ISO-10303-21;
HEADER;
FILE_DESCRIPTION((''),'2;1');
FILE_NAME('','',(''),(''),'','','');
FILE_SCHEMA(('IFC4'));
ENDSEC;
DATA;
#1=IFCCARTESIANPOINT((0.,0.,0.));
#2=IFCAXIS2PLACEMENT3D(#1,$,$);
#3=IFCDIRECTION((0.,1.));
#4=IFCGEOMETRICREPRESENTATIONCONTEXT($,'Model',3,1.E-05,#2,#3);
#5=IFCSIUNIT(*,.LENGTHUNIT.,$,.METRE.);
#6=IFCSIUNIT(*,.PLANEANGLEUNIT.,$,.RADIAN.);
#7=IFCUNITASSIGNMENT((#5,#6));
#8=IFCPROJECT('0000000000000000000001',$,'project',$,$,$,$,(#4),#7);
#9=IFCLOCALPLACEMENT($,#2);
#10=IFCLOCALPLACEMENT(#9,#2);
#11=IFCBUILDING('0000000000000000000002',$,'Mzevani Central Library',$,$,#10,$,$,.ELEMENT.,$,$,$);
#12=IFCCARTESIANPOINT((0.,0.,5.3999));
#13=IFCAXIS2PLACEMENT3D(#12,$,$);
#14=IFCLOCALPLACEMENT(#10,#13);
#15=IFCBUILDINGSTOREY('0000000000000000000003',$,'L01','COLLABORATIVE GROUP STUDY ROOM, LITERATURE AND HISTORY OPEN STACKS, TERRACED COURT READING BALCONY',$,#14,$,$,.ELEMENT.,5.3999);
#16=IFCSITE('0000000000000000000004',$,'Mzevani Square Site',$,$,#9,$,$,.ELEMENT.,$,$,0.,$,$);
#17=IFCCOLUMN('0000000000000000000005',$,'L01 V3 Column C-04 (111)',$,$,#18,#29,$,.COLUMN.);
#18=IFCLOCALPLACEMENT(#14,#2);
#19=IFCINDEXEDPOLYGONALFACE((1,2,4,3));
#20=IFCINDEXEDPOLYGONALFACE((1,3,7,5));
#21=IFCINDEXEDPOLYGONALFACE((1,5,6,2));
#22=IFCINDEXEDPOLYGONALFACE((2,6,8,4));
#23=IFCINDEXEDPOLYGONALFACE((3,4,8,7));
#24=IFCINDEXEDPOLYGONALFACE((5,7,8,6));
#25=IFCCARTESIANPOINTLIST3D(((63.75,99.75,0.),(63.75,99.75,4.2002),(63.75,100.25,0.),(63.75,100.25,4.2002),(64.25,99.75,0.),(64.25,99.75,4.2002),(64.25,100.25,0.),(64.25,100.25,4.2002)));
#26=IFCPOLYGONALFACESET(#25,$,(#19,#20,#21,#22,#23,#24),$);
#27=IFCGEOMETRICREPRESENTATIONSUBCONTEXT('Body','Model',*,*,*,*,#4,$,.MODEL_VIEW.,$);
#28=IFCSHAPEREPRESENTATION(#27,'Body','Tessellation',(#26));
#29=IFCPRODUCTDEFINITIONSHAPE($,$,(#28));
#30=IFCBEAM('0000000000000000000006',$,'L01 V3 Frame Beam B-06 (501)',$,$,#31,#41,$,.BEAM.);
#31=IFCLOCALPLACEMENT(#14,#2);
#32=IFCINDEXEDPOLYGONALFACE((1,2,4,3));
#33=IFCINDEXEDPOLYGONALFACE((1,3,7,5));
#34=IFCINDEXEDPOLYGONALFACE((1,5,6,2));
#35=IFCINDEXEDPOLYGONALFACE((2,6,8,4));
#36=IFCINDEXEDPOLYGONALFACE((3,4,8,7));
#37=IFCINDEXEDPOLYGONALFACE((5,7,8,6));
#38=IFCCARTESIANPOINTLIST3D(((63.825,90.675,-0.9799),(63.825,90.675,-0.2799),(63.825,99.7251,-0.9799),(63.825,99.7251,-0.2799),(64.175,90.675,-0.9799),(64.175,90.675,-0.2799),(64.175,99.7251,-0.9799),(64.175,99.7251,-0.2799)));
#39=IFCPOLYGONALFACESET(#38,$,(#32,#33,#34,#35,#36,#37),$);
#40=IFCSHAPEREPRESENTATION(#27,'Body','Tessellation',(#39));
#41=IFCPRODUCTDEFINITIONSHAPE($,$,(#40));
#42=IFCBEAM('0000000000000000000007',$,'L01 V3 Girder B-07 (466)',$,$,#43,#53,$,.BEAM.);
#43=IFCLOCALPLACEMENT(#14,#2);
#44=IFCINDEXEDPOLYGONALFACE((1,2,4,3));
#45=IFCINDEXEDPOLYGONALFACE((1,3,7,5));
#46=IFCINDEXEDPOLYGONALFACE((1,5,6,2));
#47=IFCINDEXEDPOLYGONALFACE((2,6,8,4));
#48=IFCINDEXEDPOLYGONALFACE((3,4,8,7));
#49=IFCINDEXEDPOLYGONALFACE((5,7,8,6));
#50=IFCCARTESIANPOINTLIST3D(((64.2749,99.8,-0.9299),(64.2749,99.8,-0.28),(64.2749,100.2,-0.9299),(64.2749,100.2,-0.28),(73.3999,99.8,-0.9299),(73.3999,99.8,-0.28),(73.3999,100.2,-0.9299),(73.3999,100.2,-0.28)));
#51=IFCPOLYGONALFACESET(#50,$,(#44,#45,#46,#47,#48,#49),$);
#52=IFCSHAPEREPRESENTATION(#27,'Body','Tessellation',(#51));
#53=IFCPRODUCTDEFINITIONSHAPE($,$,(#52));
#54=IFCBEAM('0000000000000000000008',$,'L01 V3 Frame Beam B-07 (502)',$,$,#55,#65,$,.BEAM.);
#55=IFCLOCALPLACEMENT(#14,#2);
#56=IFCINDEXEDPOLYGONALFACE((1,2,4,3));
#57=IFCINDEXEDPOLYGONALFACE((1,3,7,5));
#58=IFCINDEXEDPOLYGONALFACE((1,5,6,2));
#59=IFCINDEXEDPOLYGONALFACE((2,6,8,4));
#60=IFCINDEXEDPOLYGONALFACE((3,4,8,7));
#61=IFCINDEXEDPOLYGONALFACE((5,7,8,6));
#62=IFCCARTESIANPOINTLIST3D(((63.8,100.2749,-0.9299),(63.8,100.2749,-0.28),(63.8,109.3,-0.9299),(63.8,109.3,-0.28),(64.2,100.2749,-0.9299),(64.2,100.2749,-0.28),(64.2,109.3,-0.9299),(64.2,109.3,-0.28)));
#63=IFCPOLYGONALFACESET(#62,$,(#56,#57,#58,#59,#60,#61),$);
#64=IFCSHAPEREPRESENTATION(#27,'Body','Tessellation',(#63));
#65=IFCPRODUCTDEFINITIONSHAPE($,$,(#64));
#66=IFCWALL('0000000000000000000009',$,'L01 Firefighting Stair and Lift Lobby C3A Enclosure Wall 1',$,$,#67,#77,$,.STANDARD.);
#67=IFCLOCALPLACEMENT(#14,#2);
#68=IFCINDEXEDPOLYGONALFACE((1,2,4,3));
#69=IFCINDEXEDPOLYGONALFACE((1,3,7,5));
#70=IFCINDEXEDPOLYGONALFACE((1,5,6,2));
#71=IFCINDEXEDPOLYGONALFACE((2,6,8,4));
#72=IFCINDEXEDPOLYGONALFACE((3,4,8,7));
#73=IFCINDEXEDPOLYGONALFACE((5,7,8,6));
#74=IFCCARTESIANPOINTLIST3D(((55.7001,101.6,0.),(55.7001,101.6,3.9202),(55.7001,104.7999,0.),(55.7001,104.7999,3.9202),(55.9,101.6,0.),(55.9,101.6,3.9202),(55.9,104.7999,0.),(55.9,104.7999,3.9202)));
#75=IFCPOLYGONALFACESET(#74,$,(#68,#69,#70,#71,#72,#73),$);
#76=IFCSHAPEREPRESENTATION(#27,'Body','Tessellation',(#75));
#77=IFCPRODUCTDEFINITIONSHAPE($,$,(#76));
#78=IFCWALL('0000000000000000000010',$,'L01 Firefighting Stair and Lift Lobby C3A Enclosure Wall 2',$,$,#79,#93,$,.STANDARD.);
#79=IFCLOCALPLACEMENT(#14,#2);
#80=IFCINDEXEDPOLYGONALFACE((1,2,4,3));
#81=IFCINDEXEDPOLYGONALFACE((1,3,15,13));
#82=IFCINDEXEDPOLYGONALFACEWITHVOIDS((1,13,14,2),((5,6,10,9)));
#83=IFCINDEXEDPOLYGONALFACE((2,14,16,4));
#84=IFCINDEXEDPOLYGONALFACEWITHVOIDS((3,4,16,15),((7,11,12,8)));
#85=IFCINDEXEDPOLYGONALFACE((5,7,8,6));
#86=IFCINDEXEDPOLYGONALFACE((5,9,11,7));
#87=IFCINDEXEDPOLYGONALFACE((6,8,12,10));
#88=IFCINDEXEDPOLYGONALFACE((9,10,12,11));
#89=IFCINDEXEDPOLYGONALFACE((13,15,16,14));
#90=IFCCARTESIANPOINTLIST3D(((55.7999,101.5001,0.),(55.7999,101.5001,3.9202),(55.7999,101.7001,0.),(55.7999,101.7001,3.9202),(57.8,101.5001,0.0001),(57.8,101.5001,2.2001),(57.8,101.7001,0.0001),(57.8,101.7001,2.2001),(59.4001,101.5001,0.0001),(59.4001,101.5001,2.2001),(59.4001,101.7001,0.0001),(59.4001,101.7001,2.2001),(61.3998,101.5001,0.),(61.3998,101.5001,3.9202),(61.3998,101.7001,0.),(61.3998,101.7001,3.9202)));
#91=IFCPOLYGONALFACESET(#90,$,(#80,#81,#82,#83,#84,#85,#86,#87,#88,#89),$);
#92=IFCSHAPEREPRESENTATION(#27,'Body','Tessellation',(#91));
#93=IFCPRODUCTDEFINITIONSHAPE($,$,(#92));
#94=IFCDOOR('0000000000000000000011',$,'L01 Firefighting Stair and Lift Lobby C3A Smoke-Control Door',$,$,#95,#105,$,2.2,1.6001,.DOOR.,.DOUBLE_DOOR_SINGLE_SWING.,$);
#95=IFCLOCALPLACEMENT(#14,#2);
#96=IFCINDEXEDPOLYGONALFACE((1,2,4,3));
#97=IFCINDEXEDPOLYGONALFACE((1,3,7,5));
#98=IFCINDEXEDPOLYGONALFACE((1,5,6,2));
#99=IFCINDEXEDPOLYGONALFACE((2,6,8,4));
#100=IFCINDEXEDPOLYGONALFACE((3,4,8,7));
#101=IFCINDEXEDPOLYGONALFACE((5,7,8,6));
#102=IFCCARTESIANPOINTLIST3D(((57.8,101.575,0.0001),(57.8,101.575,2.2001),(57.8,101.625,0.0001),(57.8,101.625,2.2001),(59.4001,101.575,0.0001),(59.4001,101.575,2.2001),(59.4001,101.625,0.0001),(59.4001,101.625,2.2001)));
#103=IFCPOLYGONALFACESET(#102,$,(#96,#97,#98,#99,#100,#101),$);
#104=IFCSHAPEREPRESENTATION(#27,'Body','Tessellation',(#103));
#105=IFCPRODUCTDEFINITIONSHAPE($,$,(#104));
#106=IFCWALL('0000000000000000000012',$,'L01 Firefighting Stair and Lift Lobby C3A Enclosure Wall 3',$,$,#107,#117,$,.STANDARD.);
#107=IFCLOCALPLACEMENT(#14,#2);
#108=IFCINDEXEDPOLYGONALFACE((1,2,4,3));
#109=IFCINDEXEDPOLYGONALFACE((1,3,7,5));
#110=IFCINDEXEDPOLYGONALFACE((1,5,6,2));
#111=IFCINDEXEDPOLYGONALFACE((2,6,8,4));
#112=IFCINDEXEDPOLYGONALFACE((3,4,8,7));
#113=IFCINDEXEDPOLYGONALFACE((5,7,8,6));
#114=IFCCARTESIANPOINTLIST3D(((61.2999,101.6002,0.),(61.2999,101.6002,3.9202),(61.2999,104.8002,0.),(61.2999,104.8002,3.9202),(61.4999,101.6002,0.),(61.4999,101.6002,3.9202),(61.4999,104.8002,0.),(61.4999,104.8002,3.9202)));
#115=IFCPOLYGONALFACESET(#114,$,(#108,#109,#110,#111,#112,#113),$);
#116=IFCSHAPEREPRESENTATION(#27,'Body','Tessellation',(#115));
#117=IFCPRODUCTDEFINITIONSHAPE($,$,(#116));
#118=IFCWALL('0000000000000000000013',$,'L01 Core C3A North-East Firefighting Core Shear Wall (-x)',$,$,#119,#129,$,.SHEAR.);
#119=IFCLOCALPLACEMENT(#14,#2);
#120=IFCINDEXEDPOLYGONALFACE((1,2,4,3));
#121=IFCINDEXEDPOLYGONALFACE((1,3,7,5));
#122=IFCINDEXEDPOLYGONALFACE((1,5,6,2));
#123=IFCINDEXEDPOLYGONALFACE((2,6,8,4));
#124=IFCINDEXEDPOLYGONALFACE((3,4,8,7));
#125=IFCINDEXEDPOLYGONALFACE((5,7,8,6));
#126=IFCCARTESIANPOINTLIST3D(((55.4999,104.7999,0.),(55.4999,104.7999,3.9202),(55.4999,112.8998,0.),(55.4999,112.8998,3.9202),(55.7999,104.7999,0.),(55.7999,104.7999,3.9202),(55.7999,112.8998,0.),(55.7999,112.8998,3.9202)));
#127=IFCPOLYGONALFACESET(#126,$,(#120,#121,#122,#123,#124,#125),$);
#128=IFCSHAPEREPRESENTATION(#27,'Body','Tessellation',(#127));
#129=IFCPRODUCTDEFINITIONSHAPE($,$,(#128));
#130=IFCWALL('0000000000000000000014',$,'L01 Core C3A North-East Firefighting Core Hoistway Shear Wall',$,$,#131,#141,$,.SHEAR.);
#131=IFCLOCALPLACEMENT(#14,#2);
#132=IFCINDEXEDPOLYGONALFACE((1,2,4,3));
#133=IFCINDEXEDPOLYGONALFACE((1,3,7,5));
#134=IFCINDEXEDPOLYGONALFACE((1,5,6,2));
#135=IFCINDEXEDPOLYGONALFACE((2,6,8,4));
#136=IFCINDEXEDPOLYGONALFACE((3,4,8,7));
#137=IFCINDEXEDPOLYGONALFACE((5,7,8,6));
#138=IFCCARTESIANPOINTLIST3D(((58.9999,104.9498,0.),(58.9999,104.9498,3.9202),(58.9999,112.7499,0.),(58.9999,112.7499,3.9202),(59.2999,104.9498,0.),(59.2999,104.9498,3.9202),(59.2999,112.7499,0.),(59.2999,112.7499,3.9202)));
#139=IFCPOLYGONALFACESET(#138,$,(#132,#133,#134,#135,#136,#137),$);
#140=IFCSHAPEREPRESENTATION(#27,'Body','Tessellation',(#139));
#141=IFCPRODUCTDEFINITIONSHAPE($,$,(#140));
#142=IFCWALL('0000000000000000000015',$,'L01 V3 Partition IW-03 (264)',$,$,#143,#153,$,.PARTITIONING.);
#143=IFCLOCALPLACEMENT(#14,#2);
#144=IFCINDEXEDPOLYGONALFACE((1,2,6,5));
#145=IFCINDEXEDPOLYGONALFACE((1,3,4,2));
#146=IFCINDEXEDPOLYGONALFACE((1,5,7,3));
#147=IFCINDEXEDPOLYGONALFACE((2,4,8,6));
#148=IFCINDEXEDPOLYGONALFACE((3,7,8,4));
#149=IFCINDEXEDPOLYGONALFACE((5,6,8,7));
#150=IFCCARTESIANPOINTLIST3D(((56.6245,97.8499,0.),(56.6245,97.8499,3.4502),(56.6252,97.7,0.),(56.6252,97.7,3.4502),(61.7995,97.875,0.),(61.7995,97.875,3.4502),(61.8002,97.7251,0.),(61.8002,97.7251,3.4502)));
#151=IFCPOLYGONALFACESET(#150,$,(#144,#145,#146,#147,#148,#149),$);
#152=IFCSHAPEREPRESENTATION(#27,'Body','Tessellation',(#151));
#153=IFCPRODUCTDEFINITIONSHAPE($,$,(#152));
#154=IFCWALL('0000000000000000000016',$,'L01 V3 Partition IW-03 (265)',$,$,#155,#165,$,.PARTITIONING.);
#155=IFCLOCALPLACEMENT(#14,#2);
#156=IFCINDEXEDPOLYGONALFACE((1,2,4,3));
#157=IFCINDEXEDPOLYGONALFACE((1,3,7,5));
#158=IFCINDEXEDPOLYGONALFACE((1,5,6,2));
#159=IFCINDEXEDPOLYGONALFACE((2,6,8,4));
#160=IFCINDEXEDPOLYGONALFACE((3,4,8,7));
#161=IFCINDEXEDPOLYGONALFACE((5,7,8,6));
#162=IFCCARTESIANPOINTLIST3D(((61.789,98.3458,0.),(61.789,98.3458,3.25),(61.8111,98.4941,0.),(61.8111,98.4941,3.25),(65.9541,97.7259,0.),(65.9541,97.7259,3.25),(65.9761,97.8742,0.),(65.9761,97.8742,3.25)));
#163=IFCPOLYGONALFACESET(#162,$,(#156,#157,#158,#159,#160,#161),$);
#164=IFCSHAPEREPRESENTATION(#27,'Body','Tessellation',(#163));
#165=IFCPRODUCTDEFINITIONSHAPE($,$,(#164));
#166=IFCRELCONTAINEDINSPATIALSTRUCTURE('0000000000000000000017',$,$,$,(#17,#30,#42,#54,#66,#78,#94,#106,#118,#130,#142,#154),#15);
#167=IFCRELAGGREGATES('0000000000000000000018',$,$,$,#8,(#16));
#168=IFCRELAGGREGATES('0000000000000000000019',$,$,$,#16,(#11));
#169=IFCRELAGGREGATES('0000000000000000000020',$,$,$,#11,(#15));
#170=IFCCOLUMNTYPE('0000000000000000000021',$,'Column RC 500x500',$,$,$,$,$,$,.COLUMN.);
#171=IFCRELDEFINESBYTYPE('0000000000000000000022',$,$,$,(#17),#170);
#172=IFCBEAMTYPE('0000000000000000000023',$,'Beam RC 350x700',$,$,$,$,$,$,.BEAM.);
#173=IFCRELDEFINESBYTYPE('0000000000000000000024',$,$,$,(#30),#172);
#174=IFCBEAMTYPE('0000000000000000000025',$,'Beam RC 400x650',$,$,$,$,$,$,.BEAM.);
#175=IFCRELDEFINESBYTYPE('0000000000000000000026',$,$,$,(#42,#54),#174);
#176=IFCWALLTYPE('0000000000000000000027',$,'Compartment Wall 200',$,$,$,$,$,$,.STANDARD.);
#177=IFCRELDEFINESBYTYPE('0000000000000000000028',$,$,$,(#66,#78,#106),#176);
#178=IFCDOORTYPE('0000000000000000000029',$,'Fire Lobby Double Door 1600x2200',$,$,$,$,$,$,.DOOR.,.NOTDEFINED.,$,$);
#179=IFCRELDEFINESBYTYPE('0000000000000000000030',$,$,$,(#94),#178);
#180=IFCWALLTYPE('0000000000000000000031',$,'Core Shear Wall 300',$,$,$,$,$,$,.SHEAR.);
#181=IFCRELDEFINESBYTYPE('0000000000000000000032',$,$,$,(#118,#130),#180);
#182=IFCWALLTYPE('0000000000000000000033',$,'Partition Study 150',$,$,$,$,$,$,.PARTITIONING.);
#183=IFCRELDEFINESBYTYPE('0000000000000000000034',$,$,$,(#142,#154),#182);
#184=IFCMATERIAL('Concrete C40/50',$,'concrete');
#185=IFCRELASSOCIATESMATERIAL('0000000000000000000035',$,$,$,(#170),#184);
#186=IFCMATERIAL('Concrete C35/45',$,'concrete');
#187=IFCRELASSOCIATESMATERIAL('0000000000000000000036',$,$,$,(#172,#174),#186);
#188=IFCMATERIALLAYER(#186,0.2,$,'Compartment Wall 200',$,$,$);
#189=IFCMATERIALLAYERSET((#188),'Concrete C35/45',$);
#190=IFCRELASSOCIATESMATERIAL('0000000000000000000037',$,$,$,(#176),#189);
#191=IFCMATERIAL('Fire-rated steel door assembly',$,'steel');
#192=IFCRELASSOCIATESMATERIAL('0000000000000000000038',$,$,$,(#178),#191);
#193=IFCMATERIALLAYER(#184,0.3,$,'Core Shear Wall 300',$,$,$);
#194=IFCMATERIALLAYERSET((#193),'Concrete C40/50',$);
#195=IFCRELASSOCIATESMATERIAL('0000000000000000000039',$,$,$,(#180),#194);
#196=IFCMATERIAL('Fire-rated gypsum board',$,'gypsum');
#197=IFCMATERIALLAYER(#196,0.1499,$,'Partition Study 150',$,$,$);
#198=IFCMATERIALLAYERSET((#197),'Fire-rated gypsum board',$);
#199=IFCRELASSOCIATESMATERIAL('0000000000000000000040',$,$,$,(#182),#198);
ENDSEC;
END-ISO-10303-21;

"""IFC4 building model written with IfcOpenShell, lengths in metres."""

from ifc_helpers import new_model, si_unit, direction, frame, frame_2d, origin, origin_2d, place, context, subcontext, project, spatial, rectangle, extrude, material, layer, layer_set, material_profile, profile_set, type_object, element, fill, save


model = new_model("IFC4")

# Units and contexts
model_context = context("Model", 3, precision=1e-05, world=origin(), true_north=direction((0.0, 1.0)))
body_context = subcontext(model_context, "Body", "Model", "MODEL_VIEW")
ifc_project = project(units=[si_unit("LENGTHUNIT", "METRE"), si_unit("PLANEANGLEUNIT", "RADIAN")], contexts=[model_context])

# Site, building, storey
site_placement = place(None, origin())
site = spatial("IfcSite", under=ifc_project, at=site_placement, Name="Mzevani Square Site", CompositionType="ELEMENT", RefElevation=0.0)
building_placement = place(site_placement, origin())
building = spatial("IfcBuilding", under=site, at=building_placement, Name="Mzevani Central Library", CompositionType="ELEMENT")
storey_placement = place(building_placement, frame((0.0, 0.0, 5.3999)))
storey = spatial("IfcBuildingStorey", under=building, at=storey_placement, Name="L01", Description="COLLABORATIVE GROUP STUDY ROOM, LITERATURE AND HISTORY OPEN STACKS, TERRACED COURT READING BALCONY", CompositionType="ELEMENT", Elevation=5.3999)

# Column
ifc_material_1 = material(Name="Concrete C40/50", Category="concrete")
ifc_material_profile_1 = material_profile(ifc_material_1, rectangle(XDim=0.5, YDim=0.5, at=origin_2d()), Name="RC 500x500")
ifc_profile_set_1 = profile_set([ifc_material_profile_1], Name="Concrete C40/50")
column_type = type_object("IfcColumnType", Name="Column RC 500x500", PredefinedType="COLUMN", material=ifc_profile_set_1)
column_placement = place(storey_placement, frame((64.0, 100.0, 0.0), z_axis=(0.0, 0.0, 1.0), x_axis=(1.0, 0.0, 0.0)))
element("IfcColumn", 1, at=column_placement, inside=storey, type_object=column_type, Name="L01 V3 Column C-04 (111)", PredefinedType="COLUMN", context=body_context, shape_type="SweptSolid", body=[
    extrude(rectangle(XDim=0.5, YDim=0.5, at=origin_2d()), origin(), (0.0, 0.0, 1.0), 4.2002),
])

# Beams
ifc_material_2 = material(Name="Concrete C35/45", Category="concrete")
ifc_material_profile_2 = material_profile(ifc_material_2, rectangle(XDim=0.3501, YDim=0.7, at=origin_2d()), Name="RC B350x700")
ifc_profile_set_2 = profile_set([ifc_material_profile_2], Name="Concrete C35/45")
beam_type_1 = type_object("IfcBeamType", Name="Beam RC 350x700", PredefinedType="BEAM", material=ifc_profile_set_2)
beam_1_placement = place(storey_placement, frame((64.0, 90.675, -0.6299), z_axis=(0.0, 1.0, 0.0), x_axis=(-1.0, 0.0, 0.0)))
element("IfcBeam", 2, at=beam_1_placement, inside=storey, type_object=beam_type_1, Name="L01 V3 Frame Beam B-06 (501)", PredefinedType="BEAM", context=body_context, shape_type="SweptSolid", body=[
    extrude(rectangle(XDim=0.3501, YDim=0.7, at=origin_2d()), origin(), (0.0, 0.0, 1.0), 9.05),
])
ifc_material_profile_3 = material_profile(ifc_material_2, rectangle(XDim=0.3999, YDim=0.6499, at=origin_2d()), Name="RC B400x650")
ifc_profile_set_3 = profile_set([ifc_material_profile_3], Name="Concrete C35/45")
beam_type_2 = type_object("IfcBeamType", Name="Beam RC 400x650", PredefinedType="BEAM", material=ifc_profile_set_3)
beam_2_placement = place(storey_placement, frame((64.2749, 100.0, -0.605), z_axis=(1.0, 0.0, 0.0), x_axis=(0.0, 1.0, 0.0)))
element("IfcBeam", 3, at=beam_2_placement, inside=storey, type_object=beam_type_2, Name="L01 V3 Girder B-07 (466)", PredefinedType="BEAM", context=body_context, shape_type="SweptSolid", body=[
    extrude(rectangle(XDim=0.3999, YDim=0.6499, at=origin_2d()), origin(), (0.0, 0.0, 1.0), 9.125),
])
beam_3_placement = place(storey_placement, frame((64.0, 100.2749, -0.605), z_axis=(0.0, 1.0, 0.0), x_axis=(-1.0, 0.0, 0.0)))
element("IfcBeam", 4, at=beam_3_placement, inside=storey, type_object=beam_type_2, Name="L01 V3 Frame Beam B-07 (502)", PredefinedType="BEAM", context=body_context, shape_type="SweptSolid", body=[
    extrude(rectangle(XDim=0.3999, YDim=0.6499, at=origin_2d()), origin(), (0.0, 0.0, 1.0), 9.0251),
])

# Wall
ifc_layer_1 = layer(ifc_material_2, 0.2, Name="Compartment Wall 200")
ifc_layer_set_1 = layer_set([ifc_layer_1], Name="Concrete C35/45")
wall_type_1 = type_object("IfcWallType", Name="Compartment Wall 200", PredefinedType="STANDARD", material=ifc_layer_set_1)
wall_1_placement = place(storey_placement, frame((55.8, 104.8, 0.0), z_axis=(0.0, 0.0, 1.0), x_axis=(0.0, -1.0, 0.0)))
element("IfcWall", 5, at=wall_1_placement, inside=storey, type_object=wall_type_1, Name="L01 Firefighting Stair and Lift Lobby C3A Enclosure Wall 1", PredefinedType="STANDARD", context=body_context, shape_type="SweptSolid", body=[
    extrude(rectangle(XDim=3.2, YDim=0.2, at=frame_2d((1.6001, 0.0))), origin(), (0.0, 0.0, 1.0), 3.9202),
])

# Wall, opening, door
wall_2_placement = place(storey_placement, frame((55.8, 101.6001, 0.0), z_axis=(0.0, 0.0, 1.0), x_axis=(1.0, 0.0, 0.0)))
wall_2 = element("IfcWall", 6, at=wall_2_placement, inside=storey, type_object=wall_type_1, Name="L01 Firefighting Stair and Lift Lobby C3A Enclosure Wall 2", PredefinedType="STANDARD", context=body_context, shape_type="SweptSolid", body=[
    extrude(rectangle(XDim=5.5999, YDim=0.2, at=frame_2d((2.7998, 0.0))), origin(), (0.0, 0.0, 1.0), 3.9202),
])
opening_1_placement = place(wall_2_placement, frame((2.0, 0.0, 0.0)))
opening_1 = element("IfcOpeningElement", 7, at=opening_1_placement, cuts=wall_2, PredefinedType="OPENING", context=body_context, shape_type="SweptSolid", body=[
    extrude(rectangle(XDim=1.6001, YDim=2.2, at=frame_2d((0.8, 1.1001))), frame((0.0, 0.1099, 0.0), z_axis=(0.0, -1.0, 0.0), x_axis=(1.0, 0.0, 0.0)), (0.0, 0.0, 1.0), 0.22),
])
ifc_material_3 = material(Name="Fire-rated steel door assembly", Category="steel")
door_type_1 = type_object("IfcDoorType", Name="Fire Lobby Double Door 1600x2200", OperationType="NOTDEFINED", PredefinedType="DOOR", material=ifc_material_3)
door_1_placement = place(opening_1_placement, origin())
door_1 = element("IfcDoor", 8, at=door_1_placement, inside=storey, type_object=door_type_1, Name="L01 Firefighting Stair and Lift Lobby C3A Smoke-Control Door", OperationType="DOUBLE_DOOR_SINGLE_SWING", OverallHeight=2.2, OverallWidth=1.6001, PredefinedType="DOOR", context=body_context, shape_type="SweptSolid", body=[
    extrude(rectangle(XDim=1.6001, YDim=2.2, at=frame_2d((0.8, 1.1001))), frame((0.0, 0.0249, 0.0), z_axis=(0.0, -1.0, 0.0), x_axis=(1.0, 0.0, 0.0)), (0.0, 0.0, 1.0), 0.05),
])
fill(opening_1, door_1)

# Walls
wall_3_placement = place(storey_placement, frame((61.3999, 101.6001, 0.0), z_axis=(0.0, 0.0, 1.0), x_axis=(0.0, 1.0, 0.0)))
element("IfcWall", 9, at=wall_3_placement, inside=storey, type_object=wall_type_1, Name="L01 Firefighting Stair and Lift Lobby C3A Enclosure Wall 3", PredefinedType="STANDARD", context=body_context, shape_type="SweptSolid", body=[
    extrude(rectangle(XDim=3.2, YDim=0.2, at=frame_2d((1.6001, 0.0))), origin(), (0.0, 0.0, 1.0), 3.9202),
])
ifc_layer_2 = layer(ifc_material_1, 0.3, Name="Core Shear Wall 300")
ifc_layer_set_2 = layer_set([ifc_layer_2], Name="Concrete C40/50")
wall_type_2 = type_object("IfcWallType", Name="Core Shear Wall 300", PredefinedType="SHEAR", material=ifc_layer_set_2)
wall_4_placement = place(storey_placement, frame((55.6499, 104.8, 0.0), z_axis=(0.0, 0.0, 1.0), x_axis=(0.0, 1.0, 0.0)))
element("IfcWall", 10, at=wall_4_placement, inside=storey, type_object=wall_type_2, Name="L01 Core C3A North-East Firefighting Core Shear Wall (-x)", PredefinedType="SHEAR", context=body_context, shape_type="SweptSolid", body=[
    extrude(rectangle(XDim=8.0999, YDim=0.3, at=frame_2d((4.0498, 0.0))), origin(), (0.0, 0.0, 1.0), 3.9202),
])
wall_5_placement = place(storey_placement, frame((59.1499, 104.95, 0.0), z_axis=(0.0, 0.0, 1.0), x_axis=(0.0, 1.0, 0.0)))
element("IfcWall", 11, at=wall_5_placement, inside=storey, type_object=wall_type_2, Name="L01 Core C3A North-East Firefighting Core Hoistway Shear Wall", PredefinedType="SHEAR", context=body_context, shape_type="SweptSolid", body=[
    extrude(rectangle(XDim=7.8, YDim=0.3, at=frame_2d((3.8999, 0.0))), origin(), (0.0, 0.0, 1.0), 3.9202),
])
ifc_material_4 = material(Name="Fire-rated gypsum board", Category="gypsum")
ifc_layer_3 = layer(ifc_material_4, 0.1499, Name="Partition Study 150")
ifc_layer_set_3 = layer_set([ifc_layer_3], Name="Fire-rated gypsum board")
wall_type_3 = type_object("IfcWallType", Name="Partition Study 150", PredefinedType="PARTITIONING", material=ifc_layer_set_3)
wall_6_placement = place(storey_placement, frame((56.625, 97.7749, 0.0), z_axis=(0.0, 0.0, 1.0), x_axis=(0.999988, 0.004859, 0.0)))
element("IfcWall", 12, at=wall_6_placement, inside=storey, type_object=wall_type_3, Name="L01 V3 Partition IW-03 (264)", PredefinedType="PARTITIONING", context=body_context, shape_type="SweptSolid", body=[
    extrude(rectangle(XDim=5.175, YDim=0.1499, at=frame_2d((2.5874, 0.0))), origin(), (0.0, 0.0, 1.0), 3.4502),
])
wall_7_placement = place(storey_placement, frame((61.8, 98.4199, 0.0), z_axis=(0.0, 0.0, 1.0), x_axis=(0.989106, -0.147206, 0.0)))
element("IfcWall", 13, at=wall_7_placement, inside=storey, type_object=wall_type_3, Name="L01 V3 Partition IW-03 (265)", PredefinedType="PARTITIONING", context=body_context, shape_type="SweptSolid", body=[
    extrude(rectangle(XDim=4.2109, YDim=0.1499, at=frame_2d((2.1055, 0.0))), origin(), (0.0, 0.0, 1.0), 3.25),
])

save(model, "model.ifc")
